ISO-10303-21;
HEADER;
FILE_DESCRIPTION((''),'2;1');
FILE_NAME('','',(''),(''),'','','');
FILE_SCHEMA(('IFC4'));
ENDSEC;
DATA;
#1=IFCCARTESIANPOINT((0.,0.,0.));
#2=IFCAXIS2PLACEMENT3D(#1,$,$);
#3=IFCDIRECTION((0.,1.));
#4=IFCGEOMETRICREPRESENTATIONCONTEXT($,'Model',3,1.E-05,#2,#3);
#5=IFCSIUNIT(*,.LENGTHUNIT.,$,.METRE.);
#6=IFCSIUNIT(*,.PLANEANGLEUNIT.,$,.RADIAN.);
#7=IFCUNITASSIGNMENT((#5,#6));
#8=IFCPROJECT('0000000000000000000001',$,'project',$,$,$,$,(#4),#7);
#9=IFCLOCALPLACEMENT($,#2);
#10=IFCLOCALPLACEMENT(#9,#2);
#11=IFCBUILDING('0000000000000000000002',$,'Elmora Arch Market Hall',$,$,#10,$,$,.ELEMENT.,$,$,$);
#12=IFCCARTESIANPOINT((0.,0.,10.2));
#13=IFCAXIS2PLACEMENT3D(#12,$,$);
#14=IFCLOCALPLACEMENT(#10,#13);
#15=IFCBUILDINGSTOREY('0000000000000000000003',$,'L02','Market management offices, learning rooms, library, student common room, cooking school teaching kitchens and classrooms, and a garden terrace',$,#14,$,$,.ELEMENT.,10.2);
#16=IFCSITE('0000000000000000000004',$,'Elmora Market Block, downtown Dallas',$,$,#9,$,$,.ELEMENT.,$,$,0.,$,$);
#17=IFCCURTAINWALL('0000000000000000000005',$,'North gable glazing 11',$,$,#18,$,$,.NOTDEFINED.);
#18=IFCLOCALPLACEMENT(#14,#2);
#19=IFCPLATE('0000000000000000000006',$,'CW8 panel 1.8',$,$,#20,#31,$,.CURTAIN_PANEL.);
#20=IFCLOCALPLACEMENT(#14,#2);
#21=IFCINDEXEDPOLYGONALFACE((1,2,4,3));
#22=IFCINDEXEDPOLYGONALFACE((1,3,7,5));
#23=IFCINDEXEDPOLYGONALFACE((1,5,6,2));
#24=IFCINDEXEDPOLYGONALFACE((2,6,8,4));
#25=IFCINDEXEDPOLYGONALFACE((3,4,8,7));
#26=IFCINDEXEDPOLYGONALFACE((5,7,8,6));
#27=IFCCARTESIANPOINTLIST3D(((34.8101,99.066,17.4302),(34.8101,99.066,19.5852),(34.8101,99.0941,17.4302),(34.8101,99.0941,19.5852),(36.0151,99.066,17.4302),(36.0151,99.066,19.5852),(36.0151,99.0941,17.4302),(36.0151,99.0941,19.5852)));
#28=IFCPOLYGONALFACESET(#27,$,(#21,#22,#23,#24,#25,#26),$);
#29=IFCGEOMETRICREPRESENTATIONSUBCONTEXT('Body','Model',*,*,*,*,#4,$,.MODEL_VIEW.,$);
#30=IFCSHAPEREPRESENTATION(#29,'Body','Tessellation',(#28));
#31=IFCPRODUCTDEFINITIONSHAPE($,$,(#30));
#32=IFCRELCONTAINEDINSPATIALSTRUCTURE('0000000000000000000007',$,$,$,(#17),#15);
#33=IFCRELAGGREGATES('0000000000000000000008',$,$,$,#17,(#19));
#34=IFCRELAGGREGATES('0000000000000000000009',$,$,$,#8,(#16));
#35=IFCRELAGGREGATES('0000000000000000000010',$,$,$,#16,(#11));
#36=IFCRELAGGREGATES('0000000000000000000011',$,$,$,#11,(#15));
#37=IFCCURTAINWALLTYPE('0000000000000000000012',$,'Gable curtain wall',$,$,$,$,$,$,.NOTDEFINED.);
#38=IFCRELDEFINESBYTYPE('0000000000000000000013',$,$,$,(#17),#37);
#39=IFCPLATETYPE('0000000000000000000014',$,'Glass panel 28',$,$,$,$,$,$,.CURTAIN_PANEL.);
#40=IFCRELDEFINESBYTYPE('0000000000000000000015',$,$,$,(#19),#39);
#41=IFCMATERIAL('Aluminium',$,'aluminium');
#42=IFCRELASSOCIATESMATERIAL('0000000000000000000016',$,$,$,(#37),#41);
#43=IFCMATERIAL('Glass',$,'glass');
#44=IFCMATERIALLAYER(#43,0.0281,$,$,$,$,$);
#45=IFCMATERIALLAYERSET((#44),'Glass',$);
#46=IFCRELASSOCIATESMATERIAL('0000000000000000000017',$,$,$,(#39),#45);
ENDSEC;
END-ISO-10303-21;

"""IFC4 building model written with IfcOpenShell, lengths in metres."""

from ifc_helpers import new_model, si_unit, direction, frame, origin, origin_2d, place, context, subcontext, project, spatial, rectangle, extrude, material, layer, layer_set, type_object, element, aggregate, save


model = new_model("IFC4")

# Units and contexts
model_context = context("Model", 3, precision=1e-05, world=origin(), true_north=direction((0.0, 1.0)))
body_context = subcontext(model_context, "Body", "Model", "MODEL_VIEW")
ifc_project = project(units=[si_unit("LENGTHUNIT", "METRE"), si_unit("PLANEANGLEUNIT", "RADIAN")], contexts=[model_context])

# Site, building, storey
site_placement = place(None, origin())
site = spatial("IfcSite", under=ifc_project, at=site_placement, Name="Elmora Market Block, downtown Dallas", CompositionType="ELEMENT", RefElevation=0.0)
building_placement = place(site_placement, origin())
building = spatial("IfcBuilding", under=site, at=building_placement, Name="Elmora Arch Market Hall", CompositionType="ELEMENT")
storey_placement = place(building_placement, frame((0.0, 0.0, 10.2)))
storey = spatial("IfcBuildingStorey", under=building, at=storey_placement, Name="L02", Description="Market management offices, learning rooms, library, student common room, cooking school teaching kitchens and classrooms, and a garden terrace", CompositionType="ELEMENT", Elevation=10.2)

# Curtain wall
ifc_material_1 = material(Name="Aluminium", Category="aluminium")
curtain_wall_type = type_object("IfcCurtainWallType", Name="Gable curtain wall", PredefinedType="NOTDEFINED", material=ifc_material_1)
curtain_wall_1_placement = place(storey_placement, origin())
curtain_wall_1 = element("IfcCurtainWall", 1, at=curtain_wall_1_placement, inside=storey, type_object=curtain_wall_type, Name="North gable glazing 11", PredefinedType="NOTDEFINED")

# Shared definitions
ifc_material_2 = material(Name="Glass", Category="glass")
ifc_layer = layer(ifc_material_2, 0.0281)
ifc_layer_set = layer_set([ifc_layer], Name="Glass")
plate_type = type_object("IfcPlateType", Name="Glass panel 28", PredefinedType="CURTAIN_PANEL", material=ifc_layer_set)

# Plate
plate_1_placement = place(storey_placement, frame((35.4126, 99.0801, 17.4302), z_axis=(0.0, 0.0, 1.0), x_axis=(1.0, 0.0, 0.0)))
plate_1 = element("IfcPlate", 2, at=plate_1_placement, type_object=plate_type, Name="CW8 panel 1.8", PredefinedType="CURTAIN_PANEL", context=body_context, shape_type="SweptSolid", body=[
    extrude(rectangle(XDim=1.2051, YDim=0.0281, at=origin_2d()), origin(), (0.0, 0.0, 1.0), 2.155),
])
aggregate(curtain_wall_1, [plate_1])

save(model, "model.ifc")
